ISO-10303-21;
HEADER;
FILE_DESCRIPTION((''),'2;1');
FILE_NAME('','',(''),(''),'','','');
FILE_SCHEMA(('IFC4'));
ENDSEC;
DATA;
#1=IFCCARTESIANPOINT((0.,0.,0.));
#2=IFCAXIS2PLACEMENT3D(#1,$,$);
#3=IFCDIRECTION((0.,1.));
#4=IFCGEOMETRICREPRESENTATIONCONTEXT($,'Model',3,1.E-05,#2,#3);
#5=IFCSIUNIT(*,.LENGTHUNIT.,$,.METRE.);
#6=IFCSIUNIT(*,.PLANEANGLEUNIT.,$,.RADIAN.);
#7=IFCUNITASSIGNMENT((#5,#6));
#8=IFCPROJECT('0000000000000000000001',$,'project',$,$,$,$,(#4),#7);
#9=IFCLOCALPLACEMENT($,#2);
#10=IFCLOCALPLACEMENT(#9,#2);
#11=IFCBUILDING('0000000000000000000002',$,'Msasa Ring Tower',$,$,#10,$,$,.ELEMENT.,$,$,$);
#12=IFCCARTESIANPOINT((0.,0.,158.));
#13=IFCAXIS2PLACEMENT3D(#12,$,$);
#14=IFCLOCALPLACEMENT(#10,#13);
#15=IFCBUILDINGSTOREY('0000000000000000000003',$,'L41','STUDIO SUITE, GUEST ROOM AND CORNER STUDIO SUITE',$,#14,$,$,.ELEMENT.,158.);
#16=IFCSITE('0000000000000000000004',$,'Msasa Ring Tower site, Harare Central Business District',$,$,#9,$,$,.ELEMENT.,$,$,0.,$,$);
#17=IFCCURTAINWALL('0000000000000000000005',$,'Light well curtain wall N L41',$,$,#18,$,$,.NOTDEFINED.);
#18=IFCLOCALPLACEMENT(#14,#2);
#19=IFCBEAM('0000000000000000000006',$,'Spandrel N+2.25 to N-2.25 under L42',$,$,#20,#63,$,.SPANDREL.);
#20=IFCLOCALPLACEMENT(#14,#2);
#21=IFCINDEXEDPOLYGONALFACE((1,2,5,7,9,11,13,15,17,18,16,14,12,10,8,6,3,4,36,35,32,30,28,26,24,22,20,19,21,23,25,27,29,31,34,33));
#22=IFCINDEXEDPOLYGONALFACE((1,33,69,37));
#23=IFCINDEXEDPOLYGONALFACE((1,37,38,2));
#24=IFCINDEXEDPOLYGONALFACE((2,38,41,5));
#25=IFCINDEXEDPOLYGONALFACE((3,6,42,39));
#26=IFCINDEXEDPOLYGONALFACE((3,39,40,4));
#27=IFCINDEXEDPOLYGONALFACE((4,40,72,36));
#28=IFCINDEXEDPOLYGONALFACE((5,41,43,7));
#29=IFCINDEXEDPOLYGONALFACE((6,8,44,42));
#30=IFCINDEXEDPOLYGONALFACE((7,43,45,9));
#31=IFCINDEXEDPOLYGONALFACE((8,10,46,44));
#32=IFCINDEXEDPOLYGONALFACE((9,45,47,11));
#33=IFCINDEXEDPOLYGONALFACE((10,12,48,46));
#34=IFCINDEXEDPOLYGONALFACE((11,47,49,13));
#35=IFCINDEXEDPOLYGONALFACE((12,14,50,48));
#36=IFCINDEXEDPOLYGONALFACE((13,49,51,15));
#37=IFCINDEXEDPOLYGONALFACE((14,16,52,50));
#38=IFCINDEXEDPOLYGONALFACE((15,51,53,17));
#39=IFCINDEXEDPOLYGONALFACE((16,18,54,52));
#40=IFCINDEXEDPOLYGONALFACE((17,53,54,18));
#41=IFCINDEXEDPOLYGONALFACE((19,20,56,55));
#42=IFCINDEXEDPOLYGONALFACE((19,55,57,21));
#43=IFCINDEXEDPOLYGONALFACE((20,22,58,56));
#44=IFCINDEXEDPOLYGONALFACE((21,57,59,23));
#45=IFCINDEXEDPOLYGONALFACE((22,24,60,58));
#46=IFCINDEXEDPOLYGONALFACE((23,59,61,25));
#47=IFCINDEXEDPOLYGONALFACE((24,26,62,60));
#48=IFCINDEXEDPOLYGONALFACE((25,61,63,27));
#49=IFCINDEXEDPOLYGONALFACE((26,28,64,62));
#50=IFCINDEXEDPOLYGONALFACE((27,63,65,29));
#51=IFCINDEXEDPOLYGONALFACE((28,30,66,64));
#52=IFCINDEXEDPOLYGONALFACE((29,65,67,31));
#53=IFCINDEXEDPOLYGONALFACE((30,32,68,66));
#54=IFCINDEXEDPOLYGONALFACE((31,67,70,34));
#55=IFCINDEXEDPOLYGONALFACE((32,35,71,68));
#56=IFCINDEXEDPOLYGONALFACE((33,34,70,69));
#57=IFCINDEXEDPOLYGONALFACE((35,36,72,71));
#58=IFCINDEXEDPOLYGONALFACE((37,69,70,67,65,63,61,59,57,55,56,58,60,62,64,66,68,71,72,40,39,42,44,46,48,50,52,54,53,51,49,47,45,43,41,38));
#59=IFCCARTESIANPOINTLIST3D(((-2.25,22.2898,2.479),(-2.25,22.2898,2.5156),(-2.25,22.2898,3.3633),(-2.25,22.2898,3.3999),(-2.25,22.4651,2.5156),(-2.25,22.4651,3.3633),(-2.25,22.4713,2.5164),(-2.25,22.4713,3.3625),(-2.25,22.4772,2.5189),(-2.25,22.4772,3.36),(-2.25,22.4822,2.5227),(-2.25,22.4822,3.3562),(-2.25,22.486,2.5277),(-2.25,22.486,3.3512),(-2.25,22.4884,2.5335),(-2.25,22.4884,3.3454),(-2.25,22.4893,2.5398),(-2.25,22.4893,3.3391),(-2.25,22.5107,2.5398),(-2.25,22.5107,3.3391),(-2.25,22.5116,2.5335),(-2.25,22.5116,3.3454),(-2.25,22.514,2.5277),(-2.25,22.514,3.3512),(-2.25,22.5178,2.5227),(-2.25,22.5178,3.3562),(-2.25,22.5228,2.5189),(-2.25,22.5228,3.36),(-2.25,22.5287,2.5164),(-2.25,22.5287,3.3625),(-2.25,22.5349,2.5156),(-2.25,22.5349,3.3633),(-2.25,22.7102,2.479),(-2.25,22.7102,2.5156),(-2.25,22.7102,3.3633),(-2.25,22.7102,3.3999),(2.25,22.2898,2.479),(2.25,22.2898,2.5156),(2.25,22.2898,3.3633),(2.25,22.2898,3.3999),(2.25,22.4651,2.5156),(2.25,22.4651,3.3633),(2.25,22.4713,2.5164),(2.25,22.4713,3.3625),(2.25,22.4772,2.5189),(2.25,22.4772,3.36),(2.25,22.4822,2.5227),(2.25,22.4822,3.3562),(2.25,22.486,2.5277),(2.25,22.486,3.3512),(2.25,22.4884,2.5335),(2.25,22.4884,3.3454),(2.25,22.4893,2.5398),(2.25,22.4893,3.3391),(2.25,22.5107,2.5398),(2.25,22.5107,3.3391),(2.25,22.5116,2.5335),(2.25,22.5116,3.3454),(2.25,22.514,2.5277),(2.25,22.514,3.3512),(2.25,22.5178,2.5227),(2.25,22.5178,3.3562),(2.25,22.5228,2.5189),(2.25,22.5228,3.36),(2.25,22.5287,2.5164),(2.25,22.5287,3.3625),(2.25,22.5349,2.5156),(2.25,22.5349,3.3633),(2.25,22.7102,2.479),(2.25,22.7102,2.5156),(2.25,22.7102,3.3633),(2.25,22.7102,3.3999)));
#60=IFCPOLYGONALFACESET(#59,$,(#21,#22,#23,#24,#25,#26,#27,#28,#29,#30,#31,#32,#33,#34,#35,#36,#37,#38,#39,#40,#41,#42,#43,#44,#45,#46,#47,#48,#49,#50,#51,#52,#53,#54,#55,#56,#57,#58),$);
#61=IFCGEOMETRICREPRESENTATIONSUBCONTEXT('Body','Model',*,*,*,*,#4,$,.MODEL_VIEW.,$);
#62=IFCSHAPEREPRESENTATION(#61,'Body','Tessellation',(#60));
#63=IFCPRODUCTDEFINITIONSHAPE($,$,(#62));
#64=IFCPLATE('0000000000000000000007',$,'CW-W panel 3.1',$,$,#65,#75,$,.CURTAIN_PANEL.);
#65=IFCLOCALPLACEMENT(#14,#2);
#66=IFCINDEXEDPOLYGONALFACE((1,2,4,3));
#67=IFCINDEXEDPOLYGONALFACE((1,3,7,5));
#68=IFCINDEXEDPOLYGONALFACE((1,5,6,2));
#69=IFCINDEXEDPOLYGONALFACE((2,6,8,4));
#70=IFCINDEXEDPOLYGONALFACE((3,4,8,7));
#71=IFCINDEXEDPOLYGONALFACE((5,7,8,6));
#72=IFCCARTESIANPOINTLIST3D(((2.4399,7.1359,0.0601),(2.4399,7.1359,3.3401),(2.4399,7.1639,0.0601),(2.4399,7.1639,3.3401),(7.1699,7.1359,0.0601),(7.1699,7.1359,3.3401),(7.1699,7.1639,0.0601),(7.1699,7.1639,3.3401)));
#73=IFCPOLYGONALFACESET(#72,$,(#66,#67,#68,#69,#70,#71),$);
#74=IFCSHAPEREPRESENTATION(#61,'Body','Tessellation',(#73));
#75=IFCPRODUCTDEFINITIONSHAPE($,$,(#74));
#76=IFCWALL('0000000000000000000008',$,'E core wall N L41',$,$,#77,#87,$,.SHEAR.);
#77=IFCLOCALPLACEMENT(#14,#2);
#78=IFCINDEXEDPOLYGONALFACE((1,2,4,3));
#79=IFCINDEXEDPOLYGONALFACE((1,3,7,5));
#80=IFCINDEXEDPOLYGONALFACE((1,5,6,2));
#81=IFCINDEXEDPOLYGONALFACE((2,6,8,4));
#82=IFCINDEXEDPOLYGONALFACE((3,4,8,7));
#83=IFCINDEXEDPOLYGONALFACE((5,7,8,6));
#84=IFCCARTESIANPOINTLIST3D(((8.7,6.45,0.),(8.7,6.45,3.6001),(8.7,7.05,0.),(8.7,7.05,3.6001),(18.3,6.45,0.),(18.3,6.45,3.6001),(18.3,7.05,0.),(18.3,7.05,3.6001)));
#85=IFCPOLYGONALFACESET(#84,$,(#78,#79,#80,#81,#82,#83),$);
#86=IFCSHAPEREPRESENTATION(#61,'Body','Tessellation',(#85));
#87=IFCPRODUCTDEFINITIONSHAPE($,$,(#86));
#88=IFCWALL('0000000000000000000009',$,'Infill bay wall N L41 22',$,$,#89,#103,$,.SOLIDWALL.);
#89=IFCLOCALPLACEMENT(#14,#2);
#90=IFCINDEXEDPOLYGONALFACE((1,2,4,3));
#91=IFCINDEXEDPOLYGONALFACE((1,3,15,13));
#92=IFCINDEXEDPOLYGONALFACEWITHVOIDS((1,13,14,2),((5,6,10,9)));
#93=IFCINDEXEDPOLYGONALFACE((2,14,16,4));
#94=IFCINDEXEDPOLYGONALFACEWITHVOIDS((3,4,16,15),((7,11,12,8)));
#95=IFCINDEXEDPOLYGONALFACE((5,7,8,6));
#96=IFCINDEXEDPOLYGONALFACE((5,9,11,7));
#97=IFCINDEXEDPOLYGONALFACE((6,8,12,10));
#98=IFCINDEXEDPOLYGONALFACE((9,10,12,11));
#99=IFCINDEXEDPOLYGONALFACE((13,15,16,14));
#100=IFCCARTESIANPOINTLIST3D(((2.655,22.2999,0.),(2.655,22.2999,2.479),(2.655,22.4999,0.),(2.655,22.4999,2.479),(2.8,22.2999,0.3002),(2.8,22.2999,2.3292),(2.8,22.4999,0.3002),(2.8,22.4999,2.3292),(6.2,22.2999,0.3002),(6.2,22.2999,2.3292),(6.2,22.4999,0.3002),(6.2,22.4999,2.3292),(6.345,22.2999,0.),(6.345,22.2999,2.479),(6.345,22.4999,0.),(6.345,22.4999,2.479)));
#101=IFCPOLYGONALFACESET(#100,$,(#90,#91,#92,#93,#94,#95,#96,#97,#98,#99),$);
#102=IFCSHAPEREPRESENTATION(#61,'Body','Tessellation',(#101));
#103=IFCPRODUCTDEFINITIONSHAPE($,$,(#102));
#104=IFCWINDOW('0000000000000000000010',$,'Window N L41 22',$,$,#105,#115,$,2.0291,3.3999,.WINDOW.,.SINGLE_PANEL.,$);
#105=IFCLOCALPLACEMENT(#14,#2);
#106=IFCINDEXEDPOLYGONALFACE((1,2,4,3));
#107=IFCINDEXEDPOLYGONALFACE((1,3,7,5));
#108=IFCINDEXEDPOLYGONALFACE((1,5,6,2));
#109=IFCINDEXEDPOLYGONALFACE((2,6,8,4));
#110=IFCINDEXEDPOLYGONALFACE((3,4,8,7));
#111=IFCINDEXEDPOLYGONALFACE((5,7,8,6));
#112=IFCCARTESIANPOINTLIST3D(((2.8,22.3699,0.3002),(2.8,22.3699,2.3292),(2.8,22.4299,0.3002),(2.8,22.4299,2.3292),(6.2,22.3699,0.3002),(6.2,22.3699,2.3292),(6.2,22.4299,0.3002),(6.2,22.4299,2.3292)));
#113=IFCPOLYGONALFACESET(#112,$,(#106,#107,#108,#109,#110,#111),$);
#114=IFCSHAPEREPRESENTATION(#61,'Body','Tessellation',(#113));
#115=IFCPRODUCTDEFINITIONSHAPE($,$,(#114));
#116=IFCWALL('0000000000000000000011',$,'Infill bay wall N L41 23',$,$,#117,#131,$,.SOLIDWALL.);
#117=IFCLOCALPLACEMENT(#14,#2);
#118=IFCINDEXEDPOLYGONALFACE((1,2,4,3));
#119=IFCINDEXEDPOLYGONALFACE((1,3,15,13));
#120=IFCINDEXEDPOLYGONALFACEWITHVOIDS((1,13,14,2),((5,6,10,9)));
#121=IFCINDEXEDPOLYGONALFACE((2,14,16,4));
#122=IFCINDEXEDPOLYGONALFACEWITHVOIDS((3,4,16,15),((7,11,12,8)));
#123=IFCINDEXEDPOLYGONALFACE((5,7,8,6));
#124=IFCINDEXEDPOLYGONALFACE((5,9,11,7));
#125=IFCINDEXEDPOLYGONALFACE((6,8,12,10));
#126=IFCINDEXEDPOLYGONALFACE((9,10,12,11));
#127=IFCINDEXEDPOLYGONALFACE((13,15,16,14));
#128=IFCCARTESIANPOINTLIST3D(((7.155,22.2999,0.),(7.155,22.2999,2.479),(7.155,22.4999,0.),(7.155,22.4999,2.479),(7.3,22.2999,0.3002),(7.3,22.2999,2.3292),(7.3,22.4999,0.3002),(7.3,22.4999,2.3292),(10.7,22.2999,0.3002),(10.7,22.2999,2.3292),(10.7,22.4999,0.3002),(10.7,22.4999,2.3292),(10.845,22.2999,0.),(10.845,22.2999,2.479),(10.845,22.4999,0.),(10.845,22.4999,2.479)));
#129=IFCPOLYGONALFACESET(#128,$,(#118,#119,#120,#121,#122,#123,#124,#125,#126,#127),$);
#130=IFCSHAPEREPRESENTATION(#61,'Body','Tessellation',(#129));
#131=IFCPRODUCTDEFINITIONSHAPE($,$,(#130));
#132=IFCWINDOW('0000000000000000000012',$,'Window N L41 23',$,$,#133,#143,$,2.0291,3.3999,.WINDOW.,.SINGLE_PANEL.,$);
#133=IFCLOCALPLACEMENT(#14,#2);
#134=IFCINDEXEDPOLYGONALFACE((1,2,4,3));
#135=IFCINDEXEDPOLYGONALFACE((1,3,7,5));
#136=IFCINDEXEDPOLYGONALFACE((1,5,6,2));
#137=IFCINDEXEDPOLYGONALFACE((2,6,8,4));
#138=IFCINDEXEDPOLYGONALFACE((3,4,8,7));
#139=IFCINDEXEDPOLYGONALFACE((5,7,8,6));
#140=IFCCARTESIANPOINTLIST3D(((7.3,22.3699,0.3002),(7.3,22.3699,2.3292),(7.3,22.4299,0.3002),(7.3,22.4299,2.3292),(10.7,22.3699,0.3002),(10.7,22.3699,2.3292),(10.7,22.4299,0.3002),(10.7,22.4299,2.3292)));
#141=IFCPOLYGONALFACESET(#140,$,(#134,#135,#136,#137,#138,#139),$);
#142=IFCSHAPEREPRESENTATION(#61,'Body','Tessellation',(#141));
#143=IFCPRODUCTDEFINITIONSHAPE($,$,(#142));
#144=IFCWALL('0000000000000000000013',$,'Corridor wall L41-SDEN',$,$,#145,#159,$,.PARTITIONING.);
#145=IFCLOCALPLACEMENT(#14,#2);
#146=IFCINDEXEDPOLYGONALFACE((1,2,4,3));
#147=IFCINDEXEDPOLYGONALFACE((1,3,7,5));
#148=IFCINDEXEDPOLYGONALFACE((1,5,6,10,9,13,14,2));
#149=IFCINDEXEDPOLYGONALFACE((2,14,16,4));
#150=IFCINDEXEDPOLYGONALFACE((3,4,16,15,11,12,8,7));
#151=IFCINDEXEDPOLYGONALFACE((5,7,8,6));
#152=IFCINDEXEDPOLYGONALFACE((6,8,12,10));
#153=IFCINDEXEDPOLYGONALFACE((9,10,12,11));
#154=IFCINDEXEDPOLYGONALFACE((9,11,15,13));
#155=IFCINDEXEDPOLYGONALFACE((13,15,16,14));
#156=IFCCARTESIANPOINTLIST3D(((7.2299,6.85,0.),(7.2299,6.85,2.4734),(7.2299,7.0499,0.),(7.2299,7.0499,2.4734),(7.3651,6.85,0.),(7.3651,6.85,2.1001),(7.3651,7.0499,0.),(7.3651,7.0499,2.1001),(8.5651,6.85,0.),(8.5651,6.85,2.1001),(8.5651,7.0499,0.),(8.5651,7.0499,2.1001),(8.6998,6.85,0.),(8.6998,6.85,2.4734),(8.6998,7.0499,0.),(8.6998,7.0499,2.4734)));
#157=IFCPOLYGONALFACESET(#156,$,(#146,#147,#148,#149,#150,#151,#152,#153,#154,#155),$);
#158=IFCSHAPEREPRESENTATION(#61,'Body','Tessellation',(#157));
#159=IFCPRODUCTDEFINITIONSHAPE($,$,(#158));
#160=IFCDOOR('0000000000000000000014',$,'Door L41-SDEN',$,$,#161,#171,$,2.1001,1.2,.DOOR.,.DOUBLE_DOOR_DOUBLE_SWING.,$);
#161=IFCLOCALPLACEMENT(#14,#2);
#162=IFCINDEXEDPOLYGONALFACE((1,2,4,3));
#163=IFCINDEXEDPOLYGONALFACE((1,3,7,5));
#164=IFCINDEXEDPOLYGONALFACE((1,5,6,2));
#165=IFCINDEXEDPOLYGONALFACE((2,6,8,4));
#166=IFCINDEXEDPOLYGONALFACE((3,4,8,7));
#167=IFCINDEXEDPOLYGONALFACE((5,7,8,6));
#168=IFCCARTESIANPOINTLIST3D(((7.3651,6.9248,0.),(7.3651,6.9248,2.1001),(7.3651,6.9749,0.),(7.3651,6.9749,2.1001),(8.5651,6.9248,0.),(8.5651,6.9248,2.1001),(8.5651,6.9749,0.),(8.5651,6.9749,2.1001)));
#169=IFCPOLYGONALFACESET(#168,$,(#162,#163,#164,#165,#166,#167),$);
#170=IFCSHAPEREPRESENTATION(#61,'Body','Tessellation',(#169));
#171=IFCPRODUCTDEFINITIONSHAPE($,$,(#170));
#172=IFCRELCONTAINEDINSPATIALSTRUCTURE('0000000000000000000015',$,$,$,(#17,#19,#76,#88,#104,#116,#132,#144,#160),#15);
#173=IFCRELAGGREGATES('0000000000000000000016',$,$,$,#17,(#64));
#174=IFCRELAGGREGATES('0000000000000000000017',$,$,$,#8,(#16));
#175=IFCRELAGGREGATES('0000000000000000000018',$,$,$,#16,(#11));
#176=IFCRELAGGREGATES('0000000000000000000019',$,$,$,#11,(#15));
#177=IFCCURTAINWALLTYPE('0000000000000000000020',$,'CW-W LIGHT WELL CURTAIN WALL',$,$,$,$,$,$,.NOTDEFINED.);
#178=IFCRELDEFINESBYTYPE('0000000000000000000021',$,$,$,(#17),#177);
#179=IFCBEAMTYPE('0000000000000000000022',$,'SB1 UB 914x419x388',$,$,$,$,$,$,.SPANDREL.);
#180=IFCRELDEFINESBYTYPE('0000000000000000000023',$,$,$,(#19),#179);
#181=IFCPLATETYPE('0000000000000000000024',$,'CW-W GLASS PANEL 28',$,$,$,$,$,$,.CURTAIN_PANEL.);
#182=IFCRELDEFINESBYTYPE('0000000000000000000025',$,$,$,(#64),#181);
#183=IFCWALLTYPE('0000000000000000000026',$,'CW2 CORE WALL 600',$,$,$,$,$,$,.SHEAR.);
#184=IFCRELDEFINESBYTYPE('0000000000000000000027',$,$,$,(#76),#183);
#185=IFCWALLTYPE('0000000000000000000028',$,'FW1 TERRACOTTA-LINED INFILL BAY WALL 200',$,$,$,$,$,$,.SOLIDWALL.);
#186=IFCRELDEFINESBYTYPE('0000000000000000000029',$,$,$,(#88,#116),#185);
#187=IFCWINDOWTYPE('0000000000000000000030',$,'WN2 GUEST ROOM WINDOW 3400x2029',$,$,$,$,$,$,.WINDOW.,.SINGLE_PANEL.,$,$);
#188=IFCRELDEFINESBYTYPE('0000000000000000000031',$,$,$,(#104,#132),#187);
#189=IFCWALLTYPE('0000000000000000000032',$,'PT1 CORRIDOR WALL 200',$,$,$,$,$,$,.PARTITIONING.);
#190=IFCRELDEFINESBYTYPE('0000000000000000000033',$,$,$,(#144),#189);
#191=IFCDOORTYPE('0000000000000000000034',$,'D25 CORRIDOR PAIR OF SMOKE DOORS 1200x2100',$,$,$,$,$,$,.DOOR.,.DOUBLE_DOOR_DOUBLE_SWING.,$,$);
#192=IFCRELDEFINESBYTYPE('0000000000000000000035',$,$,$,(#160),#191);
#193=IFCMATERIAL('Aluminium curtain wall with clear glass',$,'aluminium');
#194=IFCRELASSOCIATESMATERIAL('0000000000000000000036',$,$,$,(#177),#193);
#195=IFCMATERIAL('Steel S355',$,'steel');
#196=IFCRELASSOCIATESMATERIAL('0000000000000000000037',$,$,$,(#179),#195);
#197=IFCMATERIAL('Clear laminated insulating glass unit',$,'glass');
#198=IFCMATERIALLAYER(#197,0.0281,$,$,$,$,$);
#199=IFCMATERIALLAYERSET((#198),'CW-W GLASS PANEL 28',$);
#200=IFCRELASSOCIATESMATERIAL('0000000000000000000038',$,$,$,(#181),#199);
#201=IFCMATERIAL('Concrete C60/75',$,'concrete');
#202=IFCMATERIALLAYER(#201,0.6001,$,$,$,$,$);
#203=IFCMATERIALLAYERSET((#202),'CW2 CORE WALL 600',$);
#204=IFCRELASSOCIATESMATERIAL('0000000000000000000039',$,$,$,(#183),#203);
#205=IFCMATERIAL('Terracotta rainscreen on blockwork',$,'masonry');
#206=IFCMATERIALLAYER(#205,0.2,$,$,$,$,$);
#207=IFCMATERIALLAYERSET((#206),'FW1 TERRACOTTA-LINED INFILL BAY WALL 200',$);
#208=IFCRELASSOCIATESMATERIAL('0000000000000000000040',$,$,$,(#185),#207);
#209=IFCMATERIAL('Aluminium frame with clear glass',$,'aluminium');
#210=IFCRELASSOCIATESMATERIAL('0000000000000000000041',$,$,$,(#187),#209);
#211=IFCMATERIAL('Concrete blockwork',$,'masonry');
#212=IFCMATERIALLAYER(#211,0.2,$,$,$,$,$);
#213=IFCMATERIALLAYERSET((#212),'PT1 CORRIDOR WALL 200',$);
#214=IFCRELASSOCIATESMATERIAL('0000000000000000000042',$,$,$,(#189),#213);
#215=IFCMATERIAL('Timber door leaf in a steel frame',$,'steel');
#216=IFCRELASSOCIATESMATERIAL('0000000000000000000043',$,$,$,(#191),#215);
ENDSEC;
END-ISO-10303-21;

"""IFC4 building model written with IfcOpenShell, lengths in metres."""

from ifc_helpers import new_model, si_unit, direction, frame, frame_2d, origin, origin_2d, place, context, subcontext, project, spatial, rectangle, i_section, extrude, material, layer, layer_set, material_profile, profile_set, type_object, element, fill, aggregate, save


model = new_model("IFC4")

# Units and contexts
model_context = context("Model", 3, precision=1e-05, world=origin(), true_north=direction((0.0, 1.0)))
body_context = subcontext(model_context, "Body", "Model", "MODEL_VIEW")
ifc_project = project(units=[si_unit("LENGTHUNIT", "METRE"), si_unit("PLANEANGLEUNIT", "RADIAN")], contexts=[model_context])

# Site, building, storey
site_placement = place(None, origin())
site = spatial("IfcSite", under=ifc_project, at=site_placement, Name="Msasa Ring Tower site, Harare Central Business District", CompositionType="ELEMENT", RefElevation=0.0)
building_placement = place(site_placement, origin())
building = spatial("IfcBuilding", under=site, at=building_placement, Name="Msasa Ring Tower", CompositionType="ELEMENT")
storey_placement = place(building_placement, frame((0.0, 0.0, 158.0)))
storey = spatial("IfcBuildingStorey", under=building, at=storey_placement, Name="L41", Description="STUDIO SUITE, GUEST ROOM AND CORNER STUDIO SUITE", CompositionType="ELEMENT", Elevation=158.0)

# Curtain wall
ifc_material_1 = material(Name="Aluminium curtain wall with clear glass", Category="aluminium")
curtain_wall_type = type_object("IfcCurtainWallType", Name="CW-W LIGHT WELL CURTAIN WALL", PredefinedType="NOTDEFINED", material=ifc_material_1)
curtain_wall_1_placement = place(storey_placement, origin())
curtain_wall_1 = element("IfcCurtainWall", 1, at=curtain_wall_1_placement, inside=storey, type_object=curtain_wall_type, Name="Light well curtain wall N L41", PredefinedType="NOTDEFINED")

# Beam
ifc_material_2 = material(Name="Steel S355", Category="steel")
ifc_material_profile_1 = material_profile(ifc_material_2, i_section(OverallWidth=0.4204, OverallDepth=0.9209, WebThickness=0.0215, FlangeThickness=0.0366, FilletRadius=0.0242, at=origin_2d()), Name="UB 914x419x388")
ifc_profile_set_1 = profile_set([ifc_material_profile_1], Name="Steel S355")
beam_type_1 = type_object("IfcBeamType", Name="SB1 UB 914x419x388", PredefinedType="SPANDREL", material=ifc_profile_set_1)
for number, where, z_axis, x_axis, name in (
    (2, (2.25, 22.5, 2.9395), (-1.0, 0.0, 0.0), (0.0, -1.0, 0.0), "Spandrel N+2.25 to N-2.25 under L42"),
):
    element("IfcBeam", number, at=place(storey_placement, frame(where, z_axis=z_axis, x_axis=x_axis)), inside=storey, type_object=beam_type_1, Name=name, PredefinedType="SPANDREL", context=body_context, shape_type="SweptSolid", body=[
        extrude(i_section(OverallWidth=0.4204, OverallDepth=0.9209, WebThickness=0.0215, FlangeThickness=0.0366, FilletRadius=0.0242, at=origin_2d()), origin(), (0.0, 0.0, 1.0), 4.5),
    ])

# Plate
ifc_material_3 = material(Name="Clear laminated insulating glass unit", Category="glass")
ifc_layer_1 = layer(ifc_material_3, 0.0281)
ifc_layer_set_1 = layer_set([ifc_layer_1], Name="CW-W GLASS PANEL 28")
plate_type = type_object("IfcPlateType", Name="CW-W GLASS PANEL 28", PredefinedType="CURTAIN_PANEL", material=ifc_layer_set_1)
plate_placement = place(storey_placement, frame((4.8049, 7.1499, 0.0601), z_axis=(0.0, 0.0, 1.0), x_axis=(1.0, 0.0, 0.0)))
plate = element("IfcPlate", 3, at=plate_placement, type_object=plate_type, Name="CW-W panel 3.1", PredefinedType="CURTAIN_PANEL", context=body_context, shape_type="SweptSolid", body=[
    extrude(rectangle(XDim=4.73, YDim=0.0281, at=origin_2d()), origin(), (0.0, 0.0, 1.0), 3.28),
])
aggregate(curtain_wall_1, [plate])

# Wall
ifc_material_4 = material(Name="Concrete C60/75", Category="concrete")
ifc_layer_2 = layer(ifc_material_4, 0.6001)
ifc_layer_set_2 = layer_set([ifc_layer_2], Name="CW2 CORE WALL 600")
wall_type_1 = type_object("IfcWallType", Name="CW2 CORE WALL 600", PredefinedType="SHEAR", material=ifc_layer_set_2)
wall_1_placement = place(storey_placement, frame((8.7, 6.75, 0.0), z_axis=(0.0, 0.0, 1.0), x_axis=(1.0, 0.0, 0.0)))
element("IfcWall", 4, at=wall_1_placement, inside=storey, type_object=wall_type_1, Name="E core wall N L41", PredefinedType="SHEAR", context=body_context, shape_type="SweptSolid", body=[
    extrude(rectangle(XDim=9.6001, YDim=0.6001, at=frame_2d((4.8, 0.0))), origin(), (0.0, 0.0, 1.0), 3.6001),
])

# Walls, openings, windows
ifc_material_5 = material(Name="Terracotta rainscreen on blockwork", Category="masonry")
ifc_layer_3 = layer(ifc_material_5, 0.2)
ifc_layer_set_3 = layer_set([ifc_layer_3], Name="FW1 TERRACOTTA-LINED INFILL BAY WALL 200")
wall_type_2 = type_object("IfcWallType", Name="FW1 TERRACOTTA-LINED INFILL BAY WALL 200", PredefinedType="SOLIDWALL", material=ifc_layer_set_3)
wall_2_placement = place(storey_placement, frame((2.655, 22.3999, 0.0), z_axis=(0.0, 0.0, 1.0), x_axis=(1.0, 0.0, 0.0)))
wall_2 = element("IfcWall", 5, at=wall_2_placement, inside=storey, type_object=wall_type_2, Name="Infill bay wall N L41 22", PredefinedType="SOLIDWALL", context=body_context, shape_type="SweptSolid", body=[
    extrude(rectangle(XDim=3.6899, YDim=0.2, at=frame_2d((1.845, 0.0))), origin(), (0.0, 0.0, 1.0), 2.479),
])
opening_1_placement = place(wall_2_placement, frame((0.145, 0.0, 0.3)))
opening_1 = element("IfcOpeningElement", 6, at=opening_1_placement, cuts=wall_2, PredefinedType="OPENING", context=body_context, shape_type="SweptSolid", body=[
    extrude(rectangle(XDim=3.3999, YDim=2.0291, at=frame_2d((1.7, 1.0146))), frame((0.0, 0.1099, 0.0), z_axis=(0.0, -1.0, 0.0), x_axis=(1.0, 0.0, 0.0)), (0.0, 0.0, 1.0), 0.22),
])
ifc_material_6 = material(Name="Aluminium frame with clear glass", Category="aluminium")
window_type = type_object("IfcWindowType", Name="WN2 GUEST ROOM WINDOW 3400x2029", PartitioningType="SINGLE_PANEL", PredefinedType="WINDOW", material=ifc_material_6)
window_1_placement = place(opening_1_placement, origin())
window_1 = element("IfcWindow", 7, at=window_1_placement, inside=storey, type_object=window_type, Name="Window N L41 22", OverallHeight=2.0291, OverallWidth=3.3999, PartitioningType="SINGLE_PANEL", PredefinedType="WINDOW", context=body_context, shape_type="SweptSolid", body=[
    extrude(rectangle(XDim=3.3999, YDim=2.0291, at=frame_2d((1.7, 1.0146))), frame((0.0, 0.03, 0.0), z_axis=(0.0, -1.0, 0.0), x_axis=(1.0, 0.0, 0.0)), (0.0, 0.0, 1.0), 0.0601),
])
fill(opening_1, window_1)
wall_3_placement = place(storey_placement, frame((7.155, 22.3999, 0.0), z_axis=(0.0, 0.0, 1.0), x_axis=(1.0, 0.0, 0.0)))
wall_3 = element("IfcWall", 8, at=wall_3_placement, inside=storey, type_object=wall_type_2, Name="Infill bay wall N L41 23", PredefinedType="SOLIDWALL", context=body_context, shape_type="SweptSolid", body=[
    extrude(rectangle(XDim=3.6899, YDim=0.2, at=frame_2d((1.845, 0.0))), origin(), (0.0, 0.0, 1.0), 2.479),
])
opening_2_placement = place(wall_3_placement, frame((0.145, 0.0, 0.3)))
opening_2 = element("IfcOpeningElement", 9, at=opening_2_placement, cuts=wall_3, PredefinedType="OPENING", context=body_context, shape_type="SweptSolid", body=[
    extrude(rectangle(XDim=3.3999, YDim=2.0291, at=frame_2d((1.7, 1.0146))), frame((0.0, 0.1099, 0.0), z_axis=(0.0, -1.0, 0.0), x_axis=(1.0, 0.0, 0.0)), (0.0, 0.0, 1.0), 0.22),
])
window_2_placement = place(opening_2_placement, origin())
window_2 = element("IfcWindow", 10, at=window_2_placement, inside=storey, type_object=window_type, Name="Window N L41 23", OverallHeight=2.0291, OverallWidth=3.3999, PartitioningType="SINGLE_PANEL", PredefinedType="WINDOW", context=body_context, shape_type="SweptSolid", body=[
    extrude(rectangle(XDim=3.3999, YDim=2.0291, at=frame_2d((1.7, 1.0146))), frame((0.0, 0.03, 0.0), z_axis=(0.0, -1.0, 0.0), x_axis=(1.0, 0.0, 0.0)), (0.0, 0.0, 1.0), 0.0601),
])
fill(opening_2, window_2)

# Wall, opening, door
ifc_material_7 = material(Name="Concrete blockwork", Category="masonry")
ifc_layer_4 = layer(ifc_material_7, 0.2)
ifc_layer_set_4 = layer_set([ifc_layer_4], Name="PT1 CORRIDOR WALL 200")
wall_type_3 = type_object("IfcWallType", Name="PT1 CORRIDOR WALL 200", PredefinedType="PARTITIONING", material=ifc_layer_set_4)
wall_4_placement = place(storey_placement, frame((7.23, 6.95, 0.0), z_axis=(0.0, 0.0, 1.0), x_axis=(1.0, 0.0, 0.0)))
wall_4 = element("IfcWall", 11, at=wall_4_placement, inside=storey, type_object=wall_type_3, Name="Corridor wall L41-SDEN", PredefinedType="PARTITIONING", context=body_context, shape_type="SweptSolid", body=[
    extrude(rectangle(XDim=1.47, YDim=0.2, at=frame_2d((0.7349, 0.0))), origin(), (0.0, 0.0, 1.0), 2.4734),
])
opening_3_placement = place(wall_4_placement, frame((0.135, 0.0, 0.0)))
opening_3 = element("IfcOpeningElement", 12, at=opening_3_placement, cuts=wall_4, PredefinedType="OPENING", context=body_context, shape_type="SweptSolid", body=[
    extrude(rectangle(XDim=1.2, YDim=2.1001, at=frame_2d((0.6001, 1.05))), frame((0.0, 0.1099, 0.0), z_axis=(0.0, -1.0, 0.0), x_axis=(1.0, 0.0, 0.0)), (0.0, 0.0, 1.0), 0.22),
])
ifc_material_8 = material(Name="Timber door leaf in a steel frame", Category="steel")
door_type_1 = type_object("IfcDoorType", Name="D25 CORRIDOR PAIR OF SMOKE DOORS 1200x2100", OperationType="DOUBLE_DOOR_DOUBLE_SWING", PredefinedType="DOOR", material=ifc_material_8)
door_1_placement = place(opening_3_placement, origin())
door_1 = element("IfcDoor", 13, at=door_1_placement, inside=storey, type_object=door_type_1, Name="Door L41-SDEN", OperationType="DOUBLE_DOOR_DOUBLE_SWING", OverallHeight=2.1001, OverallWidth=1.2, PredefinedType="DOOR", context=body_context, shape_type="SweptSolid", body=[
    extrude(rectangle(XDim=1.2, YDim=2.1001, at=frame_2d((0.6001, 1.05))), frame((0.0, 0.0249, 0.0), z_axis=(0.0, -1.0, 0.0), x_axis=(1.0, 0.0, 0.0)), (0.0, 0.0, 1.0), 0.05),
])
fill(opening_3, door_1)

save(model, "model.ifc")
